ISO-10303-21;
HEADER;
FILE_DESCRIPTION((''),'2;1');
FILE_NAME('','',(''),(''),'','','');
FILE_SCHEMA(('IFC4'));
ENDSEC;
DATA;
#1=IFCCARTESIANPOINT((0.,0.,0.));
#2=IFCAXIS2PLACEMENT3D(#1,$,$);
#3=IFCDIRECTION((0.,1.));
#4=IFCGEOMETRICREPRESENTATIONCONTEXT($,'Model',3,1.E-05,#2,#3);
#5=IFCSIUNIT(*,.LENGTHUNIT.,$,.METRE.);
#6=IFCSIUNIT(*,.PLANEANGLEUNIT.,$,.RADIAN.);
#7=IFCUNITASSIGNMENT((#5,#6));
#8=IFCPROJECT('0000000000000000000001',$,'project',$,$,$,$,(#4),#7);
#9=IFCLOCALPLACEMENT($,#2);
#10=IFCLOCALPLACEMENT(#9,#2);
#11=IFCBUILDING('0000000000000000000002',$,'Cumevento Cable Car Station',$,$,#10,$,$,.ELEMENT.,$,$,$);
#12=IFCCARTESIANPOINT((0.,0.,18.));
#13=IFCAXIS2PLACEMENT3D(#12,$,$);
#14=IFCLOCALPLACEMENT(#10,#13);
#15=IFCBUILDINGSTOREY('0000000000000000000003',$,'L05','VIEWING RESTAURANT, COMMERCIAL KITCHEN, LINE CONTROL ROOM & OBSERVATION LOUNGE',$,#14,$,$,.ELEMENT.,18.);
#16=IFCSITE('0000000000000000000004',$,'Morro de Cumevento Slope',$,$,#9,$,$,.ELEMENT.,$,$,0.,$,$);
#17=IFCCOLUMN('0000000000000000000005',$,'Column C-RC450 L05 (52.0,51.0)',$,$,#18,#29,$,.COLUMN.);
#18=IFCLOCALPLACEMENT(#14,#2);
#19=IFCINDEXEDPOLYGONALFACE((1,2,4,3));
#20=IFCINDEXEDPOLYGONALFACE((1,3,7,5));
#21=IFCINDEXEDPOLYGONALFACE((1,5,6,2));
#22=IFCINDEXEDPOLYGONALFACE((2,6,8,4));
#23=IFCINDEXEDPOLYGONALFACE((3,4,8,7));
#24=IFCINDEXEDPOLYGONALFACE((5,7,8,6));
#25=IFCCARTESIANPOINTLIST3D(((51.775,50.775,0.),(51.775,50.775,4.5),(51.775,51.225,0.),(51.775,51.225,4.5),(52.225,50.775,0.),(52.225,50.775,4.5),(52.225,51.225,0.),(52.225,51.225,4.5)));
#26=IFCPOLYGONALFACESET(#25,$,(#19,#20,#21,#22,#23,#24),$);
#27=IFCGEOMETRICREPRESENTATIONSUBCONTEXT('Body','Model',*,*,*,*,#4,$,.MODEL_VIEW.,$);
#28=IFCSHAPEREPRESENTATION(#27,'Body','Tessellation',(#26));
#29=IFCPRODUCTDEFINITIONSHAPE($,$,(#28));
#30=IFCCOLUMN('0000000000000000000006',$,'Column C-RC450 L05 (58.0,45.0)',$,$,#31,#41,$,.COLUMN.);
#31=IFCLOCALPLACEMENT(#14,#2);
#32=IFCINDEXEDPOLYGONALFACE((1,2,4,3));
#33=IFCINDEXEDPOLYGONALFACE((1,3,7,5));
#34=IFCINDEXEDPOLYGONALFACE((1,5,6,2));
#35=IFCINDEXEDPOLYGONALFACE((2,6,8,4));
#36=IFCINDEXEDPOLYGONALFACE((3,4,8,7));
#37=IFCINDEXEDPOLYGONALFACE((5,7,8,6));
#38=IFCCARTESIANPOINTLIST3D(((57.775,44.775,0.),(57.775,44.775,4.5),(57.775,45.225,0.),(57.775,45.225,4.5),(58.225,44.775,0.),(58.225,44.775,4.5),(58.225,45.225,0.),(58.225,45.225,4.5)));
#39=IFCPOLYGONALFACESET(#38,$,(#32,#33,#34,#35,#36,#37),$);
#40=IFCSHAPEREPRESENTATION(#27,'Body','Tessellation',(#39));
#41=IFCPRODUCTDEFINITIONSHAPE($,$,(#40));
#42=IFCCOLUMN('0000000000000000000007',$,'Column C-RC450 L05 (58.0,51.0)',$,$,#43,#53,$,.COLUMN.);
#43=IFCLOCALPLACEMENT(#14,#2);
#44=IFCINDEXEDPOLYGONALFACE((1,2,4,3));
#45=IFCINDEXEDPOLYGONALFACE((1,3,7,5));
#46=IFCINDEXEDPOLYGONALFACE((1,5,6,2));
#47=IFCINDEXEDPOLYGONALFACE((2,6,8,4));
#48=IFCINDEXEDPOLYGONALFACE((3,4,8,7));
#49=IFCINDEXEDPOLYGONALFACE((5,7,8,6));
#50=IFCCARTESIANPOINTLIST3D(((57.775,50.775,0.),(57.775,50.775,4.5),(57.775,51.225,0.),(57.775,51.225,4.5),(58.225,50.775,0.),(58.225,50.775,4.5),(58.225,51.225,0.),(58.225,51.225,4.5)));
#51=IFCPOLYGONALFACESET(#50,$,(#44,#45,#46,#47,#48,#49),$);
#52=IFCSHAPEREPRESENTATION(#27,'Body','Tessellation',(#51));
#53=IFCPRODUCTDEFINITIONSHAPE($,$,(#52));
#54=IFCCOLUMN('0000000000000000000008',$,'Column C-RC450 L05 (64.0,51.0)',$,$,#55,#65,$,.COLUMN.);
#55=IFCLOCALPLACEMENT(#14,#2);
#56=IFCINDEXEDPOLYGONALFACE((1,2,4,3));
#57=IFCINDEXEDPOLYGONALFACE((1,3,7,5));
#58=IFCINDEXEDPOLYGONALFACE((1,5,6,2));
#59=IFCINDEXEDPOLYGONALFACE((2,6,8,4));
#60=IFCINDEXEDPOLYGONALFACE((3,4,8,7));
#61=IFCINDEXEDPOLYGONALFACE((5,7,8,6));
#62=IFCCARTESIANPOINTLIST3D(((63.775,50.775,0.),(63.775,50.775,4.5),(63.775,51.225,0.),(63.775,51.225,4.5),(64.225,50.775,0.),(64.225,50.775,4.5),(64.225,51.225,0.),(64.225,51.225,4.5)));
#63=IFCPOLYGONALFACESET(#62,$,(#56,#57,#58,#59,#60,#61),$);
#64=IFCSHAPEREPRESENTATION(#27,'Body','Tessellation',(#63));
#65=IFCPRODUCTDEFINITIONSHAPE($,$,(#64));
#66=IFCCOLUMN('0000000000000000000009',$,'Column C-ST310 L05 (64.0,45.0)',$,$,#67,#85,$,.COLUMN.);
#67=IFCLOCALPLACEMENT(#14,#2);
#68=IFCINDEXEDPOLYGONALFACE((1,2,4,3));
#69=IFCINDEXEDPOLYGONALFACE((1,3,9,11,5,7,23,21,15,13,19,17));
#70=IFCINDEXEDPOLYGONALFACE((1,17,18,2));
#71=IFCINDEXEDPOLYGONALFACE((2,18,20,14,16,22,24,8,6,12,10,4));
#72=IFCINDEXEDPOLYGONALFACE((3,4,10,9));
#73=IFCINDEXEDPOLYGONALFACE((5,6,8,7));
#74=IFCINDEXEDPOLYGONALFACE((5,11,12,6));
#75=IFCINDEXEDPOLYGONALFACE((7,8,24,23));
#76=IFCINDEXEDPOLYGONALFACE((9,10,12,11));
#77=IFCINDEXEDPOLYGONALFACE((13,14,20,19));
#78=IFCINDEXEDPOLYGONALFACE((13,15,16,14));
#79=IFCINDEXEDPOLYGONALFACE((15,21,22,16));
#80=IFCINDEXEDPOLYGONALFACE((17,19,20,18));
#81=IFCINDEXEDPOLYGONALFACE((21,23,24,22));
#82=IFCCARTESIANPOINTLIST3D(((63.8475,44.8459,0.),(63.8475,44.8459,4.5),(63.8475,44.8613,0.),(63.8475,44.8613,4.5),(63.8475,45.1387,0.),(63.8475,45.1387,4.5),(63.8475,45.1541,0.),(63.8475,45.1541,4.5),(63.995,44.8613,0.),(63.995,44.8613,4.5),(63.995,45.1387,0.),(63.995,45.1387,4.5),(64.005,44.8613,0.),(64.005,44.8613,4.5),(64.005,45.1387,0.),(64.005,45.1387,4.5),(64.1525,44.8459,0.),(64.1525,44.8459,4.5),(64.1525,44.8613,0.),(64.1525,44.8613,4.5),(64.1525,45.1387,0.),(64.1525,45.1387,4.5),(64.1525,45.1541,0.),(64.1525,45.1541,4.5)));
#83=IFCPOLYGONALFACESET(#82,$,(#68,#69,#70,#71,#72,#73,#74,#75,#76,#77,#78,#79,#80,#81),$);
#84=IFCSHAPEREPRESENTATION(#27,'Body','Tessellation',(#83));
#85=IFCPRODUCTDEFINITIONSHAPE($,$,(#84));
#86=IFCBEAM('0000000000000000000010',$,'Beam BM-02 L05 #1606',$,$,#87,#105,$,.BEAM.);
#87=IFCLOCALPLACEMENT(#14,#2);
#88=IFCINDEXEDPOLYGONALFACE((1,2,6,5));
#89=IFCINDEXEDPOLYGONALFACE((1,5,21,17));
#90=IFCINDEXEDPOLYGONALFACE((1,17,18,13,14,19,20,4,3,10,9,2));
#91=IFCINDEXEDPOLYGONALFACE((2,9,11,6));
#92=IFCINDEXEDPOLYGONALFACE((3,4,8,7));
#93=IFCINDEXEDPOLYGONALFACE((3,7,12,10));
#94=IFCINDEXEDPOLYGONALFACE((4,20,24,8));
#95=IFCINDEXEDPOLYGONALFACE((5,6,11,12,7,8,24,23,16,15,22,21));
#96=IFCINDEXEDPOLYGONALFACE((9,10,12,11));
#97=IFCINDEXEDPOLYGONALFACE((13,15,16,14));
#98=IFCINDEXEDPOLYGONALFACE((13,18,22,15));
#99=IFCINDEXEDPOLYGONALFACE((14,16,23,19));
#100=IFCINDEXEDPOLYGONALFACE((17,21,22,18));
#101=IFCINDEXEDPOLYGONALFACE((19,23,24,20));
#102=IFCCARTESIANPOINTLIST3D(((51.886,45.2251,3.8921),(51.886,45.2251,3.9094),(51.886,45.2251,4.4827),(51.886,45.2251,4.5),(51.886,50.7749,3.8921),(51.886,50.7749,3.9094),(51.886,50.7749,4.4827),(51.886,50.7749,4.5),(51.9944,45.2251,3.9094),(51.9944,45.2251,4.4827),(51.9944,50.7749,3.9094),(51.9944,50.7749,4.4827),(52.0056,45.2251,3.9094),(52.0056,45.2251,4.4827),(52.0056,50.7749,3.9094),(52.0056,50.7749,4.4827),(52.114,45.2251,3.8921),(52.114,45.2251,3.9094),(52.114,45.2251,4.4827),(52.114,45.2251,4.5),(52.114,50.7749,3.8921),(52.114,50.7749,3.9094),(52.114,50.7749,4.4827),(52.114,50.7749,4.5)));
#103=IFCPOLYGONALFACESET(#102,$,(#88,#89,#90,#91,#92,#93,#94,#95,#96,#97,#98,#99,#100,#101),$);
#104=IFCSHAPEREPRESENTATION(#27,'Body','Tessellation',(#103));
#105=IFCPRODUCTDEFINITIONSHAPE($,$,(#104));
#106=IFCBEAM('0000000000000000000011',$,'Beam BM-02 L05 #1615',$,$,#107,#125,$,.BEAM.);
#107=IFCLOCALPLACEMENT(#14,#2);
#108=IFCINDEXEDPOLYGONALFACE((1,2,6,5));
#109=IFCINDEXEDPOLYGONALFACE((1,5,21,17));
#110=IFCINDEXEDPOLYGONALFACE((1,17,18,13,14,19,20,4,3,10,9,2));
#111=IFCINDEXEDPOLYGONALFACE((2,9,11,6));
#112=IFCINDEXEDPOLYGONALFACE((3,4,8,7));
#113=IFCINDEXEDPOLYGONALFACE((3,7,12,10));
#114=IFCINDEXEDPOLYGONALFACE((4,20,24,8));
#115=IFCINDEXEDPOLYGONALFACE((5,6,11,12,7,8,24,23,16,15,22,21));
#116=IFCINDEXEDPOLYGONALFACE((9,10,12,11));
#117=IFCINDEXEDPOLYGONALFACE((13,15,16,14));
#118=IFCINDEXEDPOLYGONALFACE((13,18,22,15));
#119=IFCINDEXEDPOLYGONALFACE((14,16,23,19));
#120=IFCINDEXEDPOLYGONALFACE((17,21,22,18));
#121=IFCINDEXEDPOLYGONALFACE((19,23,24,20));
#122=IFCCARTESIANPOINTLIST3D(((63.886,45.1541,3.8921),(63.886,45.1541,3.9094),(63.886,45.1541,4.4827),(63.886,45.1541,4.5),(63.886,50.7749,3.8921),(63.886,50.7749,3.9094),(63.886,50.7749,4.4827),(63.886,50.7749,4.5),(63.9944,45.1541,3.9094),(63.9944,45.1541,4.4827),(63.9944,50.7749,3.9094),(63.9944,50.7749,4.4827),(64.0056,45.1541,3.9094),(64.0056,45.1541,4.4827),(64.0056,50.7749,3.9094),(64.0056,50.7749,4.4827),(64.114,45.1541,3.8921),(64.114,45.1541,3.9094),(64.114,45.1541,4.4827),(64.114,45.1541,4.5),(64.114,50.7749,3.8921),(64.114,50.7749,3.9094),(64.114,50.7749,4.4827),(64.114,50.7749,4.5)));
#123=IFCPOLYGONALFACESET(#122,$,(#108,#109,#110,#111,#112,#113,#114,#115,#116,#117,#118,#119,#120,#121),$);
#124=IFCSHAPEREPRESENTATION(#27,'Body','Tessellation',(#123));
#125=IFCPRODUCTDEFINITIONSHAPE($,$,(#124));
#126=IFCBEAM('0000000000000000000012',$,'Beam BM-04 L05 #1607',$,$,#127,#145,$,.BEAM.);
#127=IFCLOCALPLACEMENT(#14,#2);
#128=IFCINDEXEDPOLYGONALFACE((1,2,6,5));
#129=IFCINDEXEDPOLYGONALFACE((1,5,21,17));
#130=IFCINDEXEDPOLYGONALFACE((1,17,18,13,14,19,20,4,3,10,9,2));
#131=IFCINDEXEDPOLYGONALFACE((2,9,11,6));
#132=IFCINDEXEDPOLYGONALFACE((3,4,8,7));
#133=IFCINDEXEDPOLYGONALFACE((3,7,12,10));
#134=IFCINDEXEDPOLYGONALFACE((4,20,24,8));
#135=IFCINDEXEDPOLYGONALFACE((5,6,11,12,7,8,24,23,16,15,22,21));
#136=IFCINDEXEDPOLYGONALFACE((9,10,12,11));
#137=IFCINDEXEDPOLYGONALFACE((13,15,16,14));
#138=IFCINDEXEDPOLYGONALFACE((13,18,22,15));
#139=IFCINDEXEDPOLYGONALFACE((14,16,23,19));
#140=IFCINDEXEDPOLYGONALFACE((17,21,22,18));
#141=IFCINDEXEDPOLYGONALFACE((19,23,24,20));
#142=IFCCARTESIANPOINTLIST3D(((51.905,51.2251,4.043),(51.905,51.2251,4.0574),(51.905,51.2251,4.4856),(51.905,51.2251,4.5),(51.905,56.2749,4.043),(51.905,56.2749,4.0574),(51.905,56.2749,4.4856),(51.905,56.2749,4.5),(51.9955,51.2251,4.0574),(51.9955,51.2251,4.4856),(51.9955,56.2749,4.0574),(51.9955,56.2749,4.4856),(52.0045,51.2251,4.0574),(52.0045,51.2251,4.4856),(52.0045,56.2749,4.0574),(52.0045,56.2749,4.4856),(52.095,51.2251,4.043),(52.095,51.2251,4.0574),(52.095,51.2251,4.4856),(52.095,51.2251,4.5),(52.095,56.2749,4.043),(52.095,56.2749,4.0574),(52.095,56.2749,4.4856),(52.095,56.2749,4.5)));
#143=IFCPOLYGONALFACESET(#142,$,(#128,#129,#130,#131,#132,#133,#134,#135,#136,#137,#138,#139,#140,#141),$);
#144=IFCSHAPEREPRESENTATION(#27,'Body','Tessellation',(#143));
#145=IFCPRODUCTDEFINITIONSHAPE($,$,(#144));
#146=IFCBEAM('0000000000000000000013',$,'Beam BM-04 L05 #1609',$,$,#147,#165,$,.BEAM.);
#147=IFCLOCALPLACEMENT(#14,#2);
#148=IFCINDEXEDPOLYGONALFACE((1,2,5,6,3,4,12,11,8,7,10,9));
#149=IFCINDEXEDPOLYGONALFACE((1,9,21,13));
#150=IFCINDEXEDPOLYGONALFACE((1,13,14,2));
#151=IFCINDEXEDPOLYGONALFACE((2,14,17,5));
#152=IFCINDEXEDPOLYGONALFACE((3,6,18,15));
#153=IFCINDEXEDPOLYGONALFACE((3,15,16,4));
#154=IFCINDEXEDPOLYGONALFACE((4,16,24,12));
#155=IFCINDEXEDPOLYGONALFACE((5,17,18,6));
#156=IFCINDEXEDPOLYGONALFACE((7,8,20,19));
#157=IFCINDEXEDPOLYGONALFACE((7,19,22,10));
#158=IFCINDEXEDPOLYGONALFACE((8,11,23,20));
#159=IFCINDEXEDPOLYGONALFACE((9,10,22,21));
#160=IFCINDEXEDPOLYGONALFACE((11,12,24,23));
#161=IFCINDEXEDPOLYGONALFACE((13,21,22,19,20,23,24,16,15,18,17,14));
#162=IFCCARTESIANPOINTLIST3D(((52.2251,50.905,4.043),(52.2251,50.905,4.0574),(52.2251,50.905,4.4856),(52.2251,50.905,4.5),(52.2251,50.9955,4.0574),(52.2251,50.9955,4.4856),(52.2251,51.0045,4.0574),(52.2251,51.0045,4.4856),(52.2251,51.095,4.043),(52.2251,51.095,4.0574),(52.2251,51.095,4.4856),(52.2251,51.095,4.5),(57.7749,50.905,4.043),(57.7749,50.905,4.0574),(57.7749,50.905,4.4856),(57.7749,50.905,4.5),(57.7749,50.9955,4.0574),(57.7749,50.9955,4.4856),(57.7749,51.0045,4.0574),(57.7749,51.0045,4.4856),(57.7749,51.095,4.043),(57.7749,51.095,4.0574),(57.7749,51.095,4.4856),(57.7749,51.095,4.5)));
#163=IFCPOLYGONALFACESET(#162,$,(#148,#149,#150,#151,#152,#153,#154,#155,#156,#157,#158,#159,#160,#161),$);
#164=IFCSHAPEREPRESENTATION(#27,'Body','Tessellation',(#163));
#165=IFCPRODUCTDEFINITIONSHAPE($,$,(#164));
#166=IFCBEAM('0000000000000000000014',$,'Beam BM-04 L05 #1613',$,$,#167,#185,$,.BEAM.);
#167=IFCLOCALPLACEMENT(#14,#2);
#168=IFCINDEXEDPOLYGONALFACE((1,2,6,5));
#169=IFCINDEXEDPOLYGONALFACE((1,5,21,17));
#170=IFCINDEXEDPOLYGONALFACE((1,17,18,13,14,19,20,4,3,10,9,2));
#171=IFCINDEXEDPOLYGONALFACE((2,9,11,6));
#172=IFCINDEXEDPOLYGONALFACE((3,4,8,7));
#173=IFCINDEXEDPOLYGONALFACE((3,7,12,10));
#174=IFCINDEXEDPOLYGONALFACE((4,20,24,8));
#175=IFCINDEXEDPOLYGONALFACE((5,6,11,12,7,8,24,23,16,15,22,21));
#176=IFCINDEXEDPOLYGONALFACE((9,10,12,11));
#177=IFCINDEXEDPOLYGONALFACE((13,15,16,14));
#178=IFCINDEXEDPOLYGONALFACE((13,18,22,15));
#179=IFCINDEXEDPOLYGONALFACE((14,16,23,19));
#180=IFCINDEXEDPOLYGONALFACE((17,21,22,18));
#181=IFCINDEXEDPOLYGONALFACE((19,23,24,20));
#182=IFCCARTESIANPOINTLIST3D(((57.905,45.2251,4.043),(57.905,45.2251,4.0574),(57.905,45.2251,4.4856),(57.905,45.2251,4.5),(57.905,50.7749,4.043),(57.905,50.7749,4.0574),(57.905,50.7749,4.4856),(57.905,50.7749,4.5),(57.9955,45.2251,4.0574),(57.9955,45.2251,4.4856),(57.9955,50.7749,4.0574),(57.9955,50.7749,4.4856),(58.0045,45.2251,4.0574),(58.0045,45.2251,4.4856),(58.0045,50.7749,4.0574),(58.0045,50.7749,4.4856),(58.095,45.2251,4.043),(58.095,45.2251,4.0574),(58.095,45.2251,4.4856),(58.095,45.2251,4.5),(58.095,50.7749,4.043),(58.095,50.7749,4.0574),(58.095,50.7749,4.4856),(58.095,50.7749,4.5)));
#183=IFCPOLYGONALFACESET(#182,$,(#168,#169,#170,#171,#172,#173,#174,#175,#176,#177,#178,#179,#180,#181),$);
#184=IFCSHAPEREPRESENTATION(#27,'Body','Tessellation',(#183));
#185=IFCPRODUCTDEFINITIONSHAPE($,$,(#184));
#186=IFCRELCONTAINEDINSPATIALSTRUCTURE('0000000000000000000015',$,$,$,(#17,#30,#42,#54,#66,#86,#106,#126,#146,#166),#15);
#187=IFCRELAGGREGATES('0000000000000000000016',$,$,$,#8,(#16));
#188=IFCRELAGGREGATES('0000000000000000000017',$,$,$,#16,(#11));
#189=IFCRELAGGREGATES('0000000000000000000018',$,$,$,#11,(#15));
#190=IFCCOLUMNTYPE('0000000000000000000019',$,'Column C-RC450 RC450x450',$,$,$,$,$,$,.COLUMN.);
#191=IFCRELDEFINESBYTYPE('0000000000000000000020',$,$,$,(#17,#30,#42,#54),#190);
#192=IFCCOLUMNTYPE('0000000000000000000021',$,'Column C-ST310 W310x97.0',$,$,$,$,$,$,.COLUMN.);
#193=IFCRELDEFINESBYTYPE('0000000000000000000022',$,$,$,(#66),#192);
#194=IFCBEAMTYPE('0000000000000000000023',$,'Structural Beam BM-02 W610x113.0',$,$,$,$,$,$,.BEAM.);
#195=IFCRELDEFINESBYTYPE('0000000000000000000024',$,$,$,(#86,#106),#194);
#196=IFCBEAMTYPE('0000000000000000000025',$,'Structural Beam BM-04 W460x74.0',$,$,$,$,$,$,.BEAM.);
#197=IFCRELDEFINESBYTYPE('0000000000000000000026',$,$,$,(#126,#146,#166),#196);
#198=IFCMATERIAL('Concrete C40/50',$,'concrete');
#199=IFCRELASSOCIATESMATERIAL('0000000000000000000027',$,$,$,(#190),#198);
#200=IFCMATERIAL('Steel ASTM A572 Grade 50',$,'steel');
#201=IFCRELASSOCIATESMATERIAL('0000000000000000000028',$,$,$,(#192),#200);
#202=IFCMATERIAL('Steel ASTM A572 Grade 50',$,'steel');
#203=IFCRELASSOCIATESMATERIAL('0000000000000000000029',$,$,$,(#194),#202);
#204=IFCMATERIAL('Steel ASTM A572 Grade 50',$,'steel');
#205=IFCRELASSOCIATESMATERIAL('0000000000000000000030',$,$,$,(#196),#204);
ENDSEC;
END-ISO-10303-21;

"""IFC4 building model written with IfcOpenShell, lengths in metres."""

from ifc_helpers import new_model, si_unit, direction, frame, origin, origin_2d, place, context, subcontext, project, spatial, rectangle, i_section, extrude, material, material_profile, profile_set, type_object, element, save


model = new_model("IFC4")

# Units and contexts
model_context = context("Model", 3, precision=1e-05, world=origin(), true_north=direction((0.0, 1.0)))
body_context = subcontext(model_context, "Body", "Model", "MODEL_VIEW")
ifc_project = project(units=[si_unit("LENGTHUNIT", "METRE"), si_unit("PLANEANGLEUNIT", "RADIAN")], contexts=[model_context])

# Site, building, storey
site_placement = place(None, origin())
site = spatial("IfcSite", under=ifc_project, at=site_placement, Name="Morro de Cumevento Slope", CompositionType="ELEMENT", RefElevation=0.0)
building_placement = place(site_placement, origin())
building = spatial("IfcBuilding", under=site, at=building_placement, Name="Cumevento Cable Car Station", CompositionType="ELEMENT")
storey_placement = place(building_placement, frame((0.0, 0.0, 18.0)))
storey = spatial("IfcBuildingStorey", under=building, at=storey_placement, Name="L05", Description="VIEWING RESTAURANT, COMMERCIAL KITCHEN, LINE CONTROL ROOM & OBSERVATION LOUNGE", CompositionType="ELEMENT", Elevation=18.0)

# Columns
ifc_material_1 = material(Name="Concrete C40/50", Category="concrete")
ifc_material_profile_1 = material_profile(ifc_material_1, rectangle(XDim=0.45, YDim=0.45, at=origin_2d()), Name="RC450x450")
ifc_profile_set_1 = profile_set([ifc_material_profile_1], Name="Concrete C40/50")
column_type_1 = type_object("IfcColumnType", Name="Column C-RC450 RC450x450", PredefinedType="COLUMN", material=ifc_profile_set_1)
for number, where, z_axis, x_axis, name in (
    (1, (52.0, 51.0, 0.0), (0.0, 0.0, 1.0), (1.0, 0.0, 0.0), "Column C-RC450 L05 (52.0,51.0)"),
    (2, (58.0, 45.0, 0.0), (0.0, 0.0, 1.0), (1.0, 0.0, 0.0), "Column C-RC450 L05 (58.0,45.0)"),
    (3, (58.0, 51.0, 0.0), (0.0, 0.0, 1.0), (1.0, 0.0, 0.0), "Column C-RC450 L05 (58.0,51.0)"),
    (4, (64.0, 51.0, 0.0), (0.0, 0.0, 1.0), (1.0, 0.0, 0.0), "Column C-RC450 L05 (64.0,51.0)"),
):
    element("IfcColumn", number, at=place(storey_placement, frame(where, z_axis=z_axis, x_axis=x_axis)), inside=storey, type_object=column_type_1, Name=name, PredefinedType="COLUMN", context=body_context, shape_type="SweptSolid", body=[
        extrude(rectangle(XDim=0.45, YDim=0.45, at=origin_2d()), origin(), (0.0, 0.0, 1.0), 4.5),
    ])
ifc_material_2 = material(Name="Steel ASTM A572 Grade 50", Category="steel")
ifc_material_profile_2 = material_profile(ifc_material_2, i_section(OverallWidth=0.3049, OverallDepth=0.3081, WebThickness=0.01, FlangeThickness=0.0154, at=origin_2d()), Name="W310x97.0")
ifc_profile_set_2 = profile_set([ifc_material_profile_2], Name="Steel ASTM A572 Grade 50")
column_type_2 = type_object("IfcColumnType", Name="Column C-ST310 W310x97.0", PredefinedType="COLUMN", material=ifc_profile_set_2)
column_placement = place(storey_placement, frame((64.0, 45.0, 0.0), z_axis=(0.0, 0.0, 1.0), x_axis=(1.0, 0.0, 0.0)))
element("IfcColumn", 5, at=column_placement, inside=storey, type_object=column_type_2, Name="Column C-ST310 L05 (64.0,45.0)", PredefinedType="COLUMN", context=body_context, shape_type="SweptSolid", body=[
    extrude(i_section(OverallWidth=0.3049, OverallDepth=0.3081, WebThickness=0.01, FlangeThickness=0.0154, at=origin_2d()), origin(), (0.0, 0.0, 1.0), 4.5),
])

# Beams
ifc_material_3 = material(Name="Steel ASTM A572 Grade 50", Category="steel")
ifc_material_profile_3 = material_profile(ifc_material_3, i_section(OverallWidth=0.228, OverallDepth=0.6079, WebThickness=0.0112, FlangeThickness=0.0173, at=origin_2d()), Name="W610x113.0")
ifc_profile_set_3 = profile_set([ifc_material_profile_3], Name="Steel ASTM A572 Grade 50")
beam_type_1 = type_object("IfcBeamType", Name="Structural Beam BM-02 W610x113.0", PredefinedType="BEAM", material=ifc_profile_set_3)
beam_1_placement = place(storey_placement, frame((52.0, 45.2251, 4.196), z_axis=(0.0, 1.0, 0.0), x_axis=(-1.0, 0.0, 0.0)))
element("IfcBeam", 6, at=beam_1_placement, inside=storey, type_object=beam_type_1, Name="Beam BM-02 L05 #1606", PredefinedType="BEAM", context=body_context, shape_type="SweptSolid", body=[
    extrude(i_section(OverallWidth=0.228, OverallDepth=0.6079, WebThickness=0.0112, FlangeThickness=0.0173, at=origin_2d()), origin(), (0.0, 0.0, 1.0), 5.5498),
])
beam_2_placement = place(storey_placement, frame((64.0, 45.1541, 4.196), z_axis=(0.0, 1.0, 0.0), x_axis=(-1.0, 0.0, 0.0)))
element("IfcBeam", 7, at=beam_2_placement, inside=storey, type_object=beam_type_1, Name="Beam BM-02 L05 #1615", PredefinedType="BEAM", context=body_context, shape_type="SweptSolid", body=[
    extrude(i_section(OverallWidth=0.228, OverallDepth=0.6079, WebThickness=0.0112, FlangeThickness=0.0173, at=origin_2d()), origin(), (0.0, 0.0, 1.0), 5.6208),
])
ifc_material_4 = material(Name="Steel ASTM A572 Grade 50", Category="steel")
ifc_material_profile_4 = material_profile(ifc_material_4, i_section(OverallWidth=0.1899, OverallDepth=0.457, WebThickness=0.009, FlangeThickness=0.0144, at=origin_2d()), Name="W460x74.0")
ifc_profile_set_4 = profile_set([ifc_material_profile_4], Name="Steel ASTM A572 Grade 50")
beam_type_2 = type_object("IfcBeamType", Name="Structural Beam BM-04 W460x74.0", PredefinedType="BEAM", material=ifc_profile_set_4)
beam_3_placement = place(storey_placement, frame((52.0, 51.2251, 4.2715), z_axis=(0.0, 1.0, 0.0), x_axis=(-1.0, 0.0, 0.0)))
element("IfcBeam", 8, at=beam_3_placement, inside=storey, type_object=beam_type_2, Name="Beam BM-04 L05 #1607", PredefinedType="BEAM", context=body_context, shape_type="SweptSolid", body=[
    extrude(i_section(OverallWidth=0.1899, OverallDepth=0.457, WebThickness=0.009, FlangeThickness=0.0144, at=origin_2d()), origin(), (0.0, 0.0, 1.0), 5.0498),
])
for number, where, z_axis, x_axis, name in (
    (9, (52.2251, 51.0, 4.2715), (1.0, 0.0, 0.0), (0.0, 1.0, 0.0), "Beam BM-04 L05 #1609"),
    (10, (58.0, 45.2251, 4.2715), (0.0, 1.0, 0.0), (-1.0, 0.0, 0.0), "Beam BM-04 L05 #1613"),
):
    element("IfcBeam", number, at=place(storey_placement, frame(where, z_axis=z_axis, x_axis=x_axis)), inside=storey, type_object=beam_type_2, Name=name, PredefinedType="BEAM", context=body_context, shape_type="SweptSolid", body=[
        extrude(i_section(OverallWidth=0.1899, OverallDepth=0.457, WebThickness=0.009, FlangeThickness=0.0144, at=origin_2d()), origin(), (0.0, 0.0, 1.0), 5.5498),
    ])

save(model, "model.ifc")
